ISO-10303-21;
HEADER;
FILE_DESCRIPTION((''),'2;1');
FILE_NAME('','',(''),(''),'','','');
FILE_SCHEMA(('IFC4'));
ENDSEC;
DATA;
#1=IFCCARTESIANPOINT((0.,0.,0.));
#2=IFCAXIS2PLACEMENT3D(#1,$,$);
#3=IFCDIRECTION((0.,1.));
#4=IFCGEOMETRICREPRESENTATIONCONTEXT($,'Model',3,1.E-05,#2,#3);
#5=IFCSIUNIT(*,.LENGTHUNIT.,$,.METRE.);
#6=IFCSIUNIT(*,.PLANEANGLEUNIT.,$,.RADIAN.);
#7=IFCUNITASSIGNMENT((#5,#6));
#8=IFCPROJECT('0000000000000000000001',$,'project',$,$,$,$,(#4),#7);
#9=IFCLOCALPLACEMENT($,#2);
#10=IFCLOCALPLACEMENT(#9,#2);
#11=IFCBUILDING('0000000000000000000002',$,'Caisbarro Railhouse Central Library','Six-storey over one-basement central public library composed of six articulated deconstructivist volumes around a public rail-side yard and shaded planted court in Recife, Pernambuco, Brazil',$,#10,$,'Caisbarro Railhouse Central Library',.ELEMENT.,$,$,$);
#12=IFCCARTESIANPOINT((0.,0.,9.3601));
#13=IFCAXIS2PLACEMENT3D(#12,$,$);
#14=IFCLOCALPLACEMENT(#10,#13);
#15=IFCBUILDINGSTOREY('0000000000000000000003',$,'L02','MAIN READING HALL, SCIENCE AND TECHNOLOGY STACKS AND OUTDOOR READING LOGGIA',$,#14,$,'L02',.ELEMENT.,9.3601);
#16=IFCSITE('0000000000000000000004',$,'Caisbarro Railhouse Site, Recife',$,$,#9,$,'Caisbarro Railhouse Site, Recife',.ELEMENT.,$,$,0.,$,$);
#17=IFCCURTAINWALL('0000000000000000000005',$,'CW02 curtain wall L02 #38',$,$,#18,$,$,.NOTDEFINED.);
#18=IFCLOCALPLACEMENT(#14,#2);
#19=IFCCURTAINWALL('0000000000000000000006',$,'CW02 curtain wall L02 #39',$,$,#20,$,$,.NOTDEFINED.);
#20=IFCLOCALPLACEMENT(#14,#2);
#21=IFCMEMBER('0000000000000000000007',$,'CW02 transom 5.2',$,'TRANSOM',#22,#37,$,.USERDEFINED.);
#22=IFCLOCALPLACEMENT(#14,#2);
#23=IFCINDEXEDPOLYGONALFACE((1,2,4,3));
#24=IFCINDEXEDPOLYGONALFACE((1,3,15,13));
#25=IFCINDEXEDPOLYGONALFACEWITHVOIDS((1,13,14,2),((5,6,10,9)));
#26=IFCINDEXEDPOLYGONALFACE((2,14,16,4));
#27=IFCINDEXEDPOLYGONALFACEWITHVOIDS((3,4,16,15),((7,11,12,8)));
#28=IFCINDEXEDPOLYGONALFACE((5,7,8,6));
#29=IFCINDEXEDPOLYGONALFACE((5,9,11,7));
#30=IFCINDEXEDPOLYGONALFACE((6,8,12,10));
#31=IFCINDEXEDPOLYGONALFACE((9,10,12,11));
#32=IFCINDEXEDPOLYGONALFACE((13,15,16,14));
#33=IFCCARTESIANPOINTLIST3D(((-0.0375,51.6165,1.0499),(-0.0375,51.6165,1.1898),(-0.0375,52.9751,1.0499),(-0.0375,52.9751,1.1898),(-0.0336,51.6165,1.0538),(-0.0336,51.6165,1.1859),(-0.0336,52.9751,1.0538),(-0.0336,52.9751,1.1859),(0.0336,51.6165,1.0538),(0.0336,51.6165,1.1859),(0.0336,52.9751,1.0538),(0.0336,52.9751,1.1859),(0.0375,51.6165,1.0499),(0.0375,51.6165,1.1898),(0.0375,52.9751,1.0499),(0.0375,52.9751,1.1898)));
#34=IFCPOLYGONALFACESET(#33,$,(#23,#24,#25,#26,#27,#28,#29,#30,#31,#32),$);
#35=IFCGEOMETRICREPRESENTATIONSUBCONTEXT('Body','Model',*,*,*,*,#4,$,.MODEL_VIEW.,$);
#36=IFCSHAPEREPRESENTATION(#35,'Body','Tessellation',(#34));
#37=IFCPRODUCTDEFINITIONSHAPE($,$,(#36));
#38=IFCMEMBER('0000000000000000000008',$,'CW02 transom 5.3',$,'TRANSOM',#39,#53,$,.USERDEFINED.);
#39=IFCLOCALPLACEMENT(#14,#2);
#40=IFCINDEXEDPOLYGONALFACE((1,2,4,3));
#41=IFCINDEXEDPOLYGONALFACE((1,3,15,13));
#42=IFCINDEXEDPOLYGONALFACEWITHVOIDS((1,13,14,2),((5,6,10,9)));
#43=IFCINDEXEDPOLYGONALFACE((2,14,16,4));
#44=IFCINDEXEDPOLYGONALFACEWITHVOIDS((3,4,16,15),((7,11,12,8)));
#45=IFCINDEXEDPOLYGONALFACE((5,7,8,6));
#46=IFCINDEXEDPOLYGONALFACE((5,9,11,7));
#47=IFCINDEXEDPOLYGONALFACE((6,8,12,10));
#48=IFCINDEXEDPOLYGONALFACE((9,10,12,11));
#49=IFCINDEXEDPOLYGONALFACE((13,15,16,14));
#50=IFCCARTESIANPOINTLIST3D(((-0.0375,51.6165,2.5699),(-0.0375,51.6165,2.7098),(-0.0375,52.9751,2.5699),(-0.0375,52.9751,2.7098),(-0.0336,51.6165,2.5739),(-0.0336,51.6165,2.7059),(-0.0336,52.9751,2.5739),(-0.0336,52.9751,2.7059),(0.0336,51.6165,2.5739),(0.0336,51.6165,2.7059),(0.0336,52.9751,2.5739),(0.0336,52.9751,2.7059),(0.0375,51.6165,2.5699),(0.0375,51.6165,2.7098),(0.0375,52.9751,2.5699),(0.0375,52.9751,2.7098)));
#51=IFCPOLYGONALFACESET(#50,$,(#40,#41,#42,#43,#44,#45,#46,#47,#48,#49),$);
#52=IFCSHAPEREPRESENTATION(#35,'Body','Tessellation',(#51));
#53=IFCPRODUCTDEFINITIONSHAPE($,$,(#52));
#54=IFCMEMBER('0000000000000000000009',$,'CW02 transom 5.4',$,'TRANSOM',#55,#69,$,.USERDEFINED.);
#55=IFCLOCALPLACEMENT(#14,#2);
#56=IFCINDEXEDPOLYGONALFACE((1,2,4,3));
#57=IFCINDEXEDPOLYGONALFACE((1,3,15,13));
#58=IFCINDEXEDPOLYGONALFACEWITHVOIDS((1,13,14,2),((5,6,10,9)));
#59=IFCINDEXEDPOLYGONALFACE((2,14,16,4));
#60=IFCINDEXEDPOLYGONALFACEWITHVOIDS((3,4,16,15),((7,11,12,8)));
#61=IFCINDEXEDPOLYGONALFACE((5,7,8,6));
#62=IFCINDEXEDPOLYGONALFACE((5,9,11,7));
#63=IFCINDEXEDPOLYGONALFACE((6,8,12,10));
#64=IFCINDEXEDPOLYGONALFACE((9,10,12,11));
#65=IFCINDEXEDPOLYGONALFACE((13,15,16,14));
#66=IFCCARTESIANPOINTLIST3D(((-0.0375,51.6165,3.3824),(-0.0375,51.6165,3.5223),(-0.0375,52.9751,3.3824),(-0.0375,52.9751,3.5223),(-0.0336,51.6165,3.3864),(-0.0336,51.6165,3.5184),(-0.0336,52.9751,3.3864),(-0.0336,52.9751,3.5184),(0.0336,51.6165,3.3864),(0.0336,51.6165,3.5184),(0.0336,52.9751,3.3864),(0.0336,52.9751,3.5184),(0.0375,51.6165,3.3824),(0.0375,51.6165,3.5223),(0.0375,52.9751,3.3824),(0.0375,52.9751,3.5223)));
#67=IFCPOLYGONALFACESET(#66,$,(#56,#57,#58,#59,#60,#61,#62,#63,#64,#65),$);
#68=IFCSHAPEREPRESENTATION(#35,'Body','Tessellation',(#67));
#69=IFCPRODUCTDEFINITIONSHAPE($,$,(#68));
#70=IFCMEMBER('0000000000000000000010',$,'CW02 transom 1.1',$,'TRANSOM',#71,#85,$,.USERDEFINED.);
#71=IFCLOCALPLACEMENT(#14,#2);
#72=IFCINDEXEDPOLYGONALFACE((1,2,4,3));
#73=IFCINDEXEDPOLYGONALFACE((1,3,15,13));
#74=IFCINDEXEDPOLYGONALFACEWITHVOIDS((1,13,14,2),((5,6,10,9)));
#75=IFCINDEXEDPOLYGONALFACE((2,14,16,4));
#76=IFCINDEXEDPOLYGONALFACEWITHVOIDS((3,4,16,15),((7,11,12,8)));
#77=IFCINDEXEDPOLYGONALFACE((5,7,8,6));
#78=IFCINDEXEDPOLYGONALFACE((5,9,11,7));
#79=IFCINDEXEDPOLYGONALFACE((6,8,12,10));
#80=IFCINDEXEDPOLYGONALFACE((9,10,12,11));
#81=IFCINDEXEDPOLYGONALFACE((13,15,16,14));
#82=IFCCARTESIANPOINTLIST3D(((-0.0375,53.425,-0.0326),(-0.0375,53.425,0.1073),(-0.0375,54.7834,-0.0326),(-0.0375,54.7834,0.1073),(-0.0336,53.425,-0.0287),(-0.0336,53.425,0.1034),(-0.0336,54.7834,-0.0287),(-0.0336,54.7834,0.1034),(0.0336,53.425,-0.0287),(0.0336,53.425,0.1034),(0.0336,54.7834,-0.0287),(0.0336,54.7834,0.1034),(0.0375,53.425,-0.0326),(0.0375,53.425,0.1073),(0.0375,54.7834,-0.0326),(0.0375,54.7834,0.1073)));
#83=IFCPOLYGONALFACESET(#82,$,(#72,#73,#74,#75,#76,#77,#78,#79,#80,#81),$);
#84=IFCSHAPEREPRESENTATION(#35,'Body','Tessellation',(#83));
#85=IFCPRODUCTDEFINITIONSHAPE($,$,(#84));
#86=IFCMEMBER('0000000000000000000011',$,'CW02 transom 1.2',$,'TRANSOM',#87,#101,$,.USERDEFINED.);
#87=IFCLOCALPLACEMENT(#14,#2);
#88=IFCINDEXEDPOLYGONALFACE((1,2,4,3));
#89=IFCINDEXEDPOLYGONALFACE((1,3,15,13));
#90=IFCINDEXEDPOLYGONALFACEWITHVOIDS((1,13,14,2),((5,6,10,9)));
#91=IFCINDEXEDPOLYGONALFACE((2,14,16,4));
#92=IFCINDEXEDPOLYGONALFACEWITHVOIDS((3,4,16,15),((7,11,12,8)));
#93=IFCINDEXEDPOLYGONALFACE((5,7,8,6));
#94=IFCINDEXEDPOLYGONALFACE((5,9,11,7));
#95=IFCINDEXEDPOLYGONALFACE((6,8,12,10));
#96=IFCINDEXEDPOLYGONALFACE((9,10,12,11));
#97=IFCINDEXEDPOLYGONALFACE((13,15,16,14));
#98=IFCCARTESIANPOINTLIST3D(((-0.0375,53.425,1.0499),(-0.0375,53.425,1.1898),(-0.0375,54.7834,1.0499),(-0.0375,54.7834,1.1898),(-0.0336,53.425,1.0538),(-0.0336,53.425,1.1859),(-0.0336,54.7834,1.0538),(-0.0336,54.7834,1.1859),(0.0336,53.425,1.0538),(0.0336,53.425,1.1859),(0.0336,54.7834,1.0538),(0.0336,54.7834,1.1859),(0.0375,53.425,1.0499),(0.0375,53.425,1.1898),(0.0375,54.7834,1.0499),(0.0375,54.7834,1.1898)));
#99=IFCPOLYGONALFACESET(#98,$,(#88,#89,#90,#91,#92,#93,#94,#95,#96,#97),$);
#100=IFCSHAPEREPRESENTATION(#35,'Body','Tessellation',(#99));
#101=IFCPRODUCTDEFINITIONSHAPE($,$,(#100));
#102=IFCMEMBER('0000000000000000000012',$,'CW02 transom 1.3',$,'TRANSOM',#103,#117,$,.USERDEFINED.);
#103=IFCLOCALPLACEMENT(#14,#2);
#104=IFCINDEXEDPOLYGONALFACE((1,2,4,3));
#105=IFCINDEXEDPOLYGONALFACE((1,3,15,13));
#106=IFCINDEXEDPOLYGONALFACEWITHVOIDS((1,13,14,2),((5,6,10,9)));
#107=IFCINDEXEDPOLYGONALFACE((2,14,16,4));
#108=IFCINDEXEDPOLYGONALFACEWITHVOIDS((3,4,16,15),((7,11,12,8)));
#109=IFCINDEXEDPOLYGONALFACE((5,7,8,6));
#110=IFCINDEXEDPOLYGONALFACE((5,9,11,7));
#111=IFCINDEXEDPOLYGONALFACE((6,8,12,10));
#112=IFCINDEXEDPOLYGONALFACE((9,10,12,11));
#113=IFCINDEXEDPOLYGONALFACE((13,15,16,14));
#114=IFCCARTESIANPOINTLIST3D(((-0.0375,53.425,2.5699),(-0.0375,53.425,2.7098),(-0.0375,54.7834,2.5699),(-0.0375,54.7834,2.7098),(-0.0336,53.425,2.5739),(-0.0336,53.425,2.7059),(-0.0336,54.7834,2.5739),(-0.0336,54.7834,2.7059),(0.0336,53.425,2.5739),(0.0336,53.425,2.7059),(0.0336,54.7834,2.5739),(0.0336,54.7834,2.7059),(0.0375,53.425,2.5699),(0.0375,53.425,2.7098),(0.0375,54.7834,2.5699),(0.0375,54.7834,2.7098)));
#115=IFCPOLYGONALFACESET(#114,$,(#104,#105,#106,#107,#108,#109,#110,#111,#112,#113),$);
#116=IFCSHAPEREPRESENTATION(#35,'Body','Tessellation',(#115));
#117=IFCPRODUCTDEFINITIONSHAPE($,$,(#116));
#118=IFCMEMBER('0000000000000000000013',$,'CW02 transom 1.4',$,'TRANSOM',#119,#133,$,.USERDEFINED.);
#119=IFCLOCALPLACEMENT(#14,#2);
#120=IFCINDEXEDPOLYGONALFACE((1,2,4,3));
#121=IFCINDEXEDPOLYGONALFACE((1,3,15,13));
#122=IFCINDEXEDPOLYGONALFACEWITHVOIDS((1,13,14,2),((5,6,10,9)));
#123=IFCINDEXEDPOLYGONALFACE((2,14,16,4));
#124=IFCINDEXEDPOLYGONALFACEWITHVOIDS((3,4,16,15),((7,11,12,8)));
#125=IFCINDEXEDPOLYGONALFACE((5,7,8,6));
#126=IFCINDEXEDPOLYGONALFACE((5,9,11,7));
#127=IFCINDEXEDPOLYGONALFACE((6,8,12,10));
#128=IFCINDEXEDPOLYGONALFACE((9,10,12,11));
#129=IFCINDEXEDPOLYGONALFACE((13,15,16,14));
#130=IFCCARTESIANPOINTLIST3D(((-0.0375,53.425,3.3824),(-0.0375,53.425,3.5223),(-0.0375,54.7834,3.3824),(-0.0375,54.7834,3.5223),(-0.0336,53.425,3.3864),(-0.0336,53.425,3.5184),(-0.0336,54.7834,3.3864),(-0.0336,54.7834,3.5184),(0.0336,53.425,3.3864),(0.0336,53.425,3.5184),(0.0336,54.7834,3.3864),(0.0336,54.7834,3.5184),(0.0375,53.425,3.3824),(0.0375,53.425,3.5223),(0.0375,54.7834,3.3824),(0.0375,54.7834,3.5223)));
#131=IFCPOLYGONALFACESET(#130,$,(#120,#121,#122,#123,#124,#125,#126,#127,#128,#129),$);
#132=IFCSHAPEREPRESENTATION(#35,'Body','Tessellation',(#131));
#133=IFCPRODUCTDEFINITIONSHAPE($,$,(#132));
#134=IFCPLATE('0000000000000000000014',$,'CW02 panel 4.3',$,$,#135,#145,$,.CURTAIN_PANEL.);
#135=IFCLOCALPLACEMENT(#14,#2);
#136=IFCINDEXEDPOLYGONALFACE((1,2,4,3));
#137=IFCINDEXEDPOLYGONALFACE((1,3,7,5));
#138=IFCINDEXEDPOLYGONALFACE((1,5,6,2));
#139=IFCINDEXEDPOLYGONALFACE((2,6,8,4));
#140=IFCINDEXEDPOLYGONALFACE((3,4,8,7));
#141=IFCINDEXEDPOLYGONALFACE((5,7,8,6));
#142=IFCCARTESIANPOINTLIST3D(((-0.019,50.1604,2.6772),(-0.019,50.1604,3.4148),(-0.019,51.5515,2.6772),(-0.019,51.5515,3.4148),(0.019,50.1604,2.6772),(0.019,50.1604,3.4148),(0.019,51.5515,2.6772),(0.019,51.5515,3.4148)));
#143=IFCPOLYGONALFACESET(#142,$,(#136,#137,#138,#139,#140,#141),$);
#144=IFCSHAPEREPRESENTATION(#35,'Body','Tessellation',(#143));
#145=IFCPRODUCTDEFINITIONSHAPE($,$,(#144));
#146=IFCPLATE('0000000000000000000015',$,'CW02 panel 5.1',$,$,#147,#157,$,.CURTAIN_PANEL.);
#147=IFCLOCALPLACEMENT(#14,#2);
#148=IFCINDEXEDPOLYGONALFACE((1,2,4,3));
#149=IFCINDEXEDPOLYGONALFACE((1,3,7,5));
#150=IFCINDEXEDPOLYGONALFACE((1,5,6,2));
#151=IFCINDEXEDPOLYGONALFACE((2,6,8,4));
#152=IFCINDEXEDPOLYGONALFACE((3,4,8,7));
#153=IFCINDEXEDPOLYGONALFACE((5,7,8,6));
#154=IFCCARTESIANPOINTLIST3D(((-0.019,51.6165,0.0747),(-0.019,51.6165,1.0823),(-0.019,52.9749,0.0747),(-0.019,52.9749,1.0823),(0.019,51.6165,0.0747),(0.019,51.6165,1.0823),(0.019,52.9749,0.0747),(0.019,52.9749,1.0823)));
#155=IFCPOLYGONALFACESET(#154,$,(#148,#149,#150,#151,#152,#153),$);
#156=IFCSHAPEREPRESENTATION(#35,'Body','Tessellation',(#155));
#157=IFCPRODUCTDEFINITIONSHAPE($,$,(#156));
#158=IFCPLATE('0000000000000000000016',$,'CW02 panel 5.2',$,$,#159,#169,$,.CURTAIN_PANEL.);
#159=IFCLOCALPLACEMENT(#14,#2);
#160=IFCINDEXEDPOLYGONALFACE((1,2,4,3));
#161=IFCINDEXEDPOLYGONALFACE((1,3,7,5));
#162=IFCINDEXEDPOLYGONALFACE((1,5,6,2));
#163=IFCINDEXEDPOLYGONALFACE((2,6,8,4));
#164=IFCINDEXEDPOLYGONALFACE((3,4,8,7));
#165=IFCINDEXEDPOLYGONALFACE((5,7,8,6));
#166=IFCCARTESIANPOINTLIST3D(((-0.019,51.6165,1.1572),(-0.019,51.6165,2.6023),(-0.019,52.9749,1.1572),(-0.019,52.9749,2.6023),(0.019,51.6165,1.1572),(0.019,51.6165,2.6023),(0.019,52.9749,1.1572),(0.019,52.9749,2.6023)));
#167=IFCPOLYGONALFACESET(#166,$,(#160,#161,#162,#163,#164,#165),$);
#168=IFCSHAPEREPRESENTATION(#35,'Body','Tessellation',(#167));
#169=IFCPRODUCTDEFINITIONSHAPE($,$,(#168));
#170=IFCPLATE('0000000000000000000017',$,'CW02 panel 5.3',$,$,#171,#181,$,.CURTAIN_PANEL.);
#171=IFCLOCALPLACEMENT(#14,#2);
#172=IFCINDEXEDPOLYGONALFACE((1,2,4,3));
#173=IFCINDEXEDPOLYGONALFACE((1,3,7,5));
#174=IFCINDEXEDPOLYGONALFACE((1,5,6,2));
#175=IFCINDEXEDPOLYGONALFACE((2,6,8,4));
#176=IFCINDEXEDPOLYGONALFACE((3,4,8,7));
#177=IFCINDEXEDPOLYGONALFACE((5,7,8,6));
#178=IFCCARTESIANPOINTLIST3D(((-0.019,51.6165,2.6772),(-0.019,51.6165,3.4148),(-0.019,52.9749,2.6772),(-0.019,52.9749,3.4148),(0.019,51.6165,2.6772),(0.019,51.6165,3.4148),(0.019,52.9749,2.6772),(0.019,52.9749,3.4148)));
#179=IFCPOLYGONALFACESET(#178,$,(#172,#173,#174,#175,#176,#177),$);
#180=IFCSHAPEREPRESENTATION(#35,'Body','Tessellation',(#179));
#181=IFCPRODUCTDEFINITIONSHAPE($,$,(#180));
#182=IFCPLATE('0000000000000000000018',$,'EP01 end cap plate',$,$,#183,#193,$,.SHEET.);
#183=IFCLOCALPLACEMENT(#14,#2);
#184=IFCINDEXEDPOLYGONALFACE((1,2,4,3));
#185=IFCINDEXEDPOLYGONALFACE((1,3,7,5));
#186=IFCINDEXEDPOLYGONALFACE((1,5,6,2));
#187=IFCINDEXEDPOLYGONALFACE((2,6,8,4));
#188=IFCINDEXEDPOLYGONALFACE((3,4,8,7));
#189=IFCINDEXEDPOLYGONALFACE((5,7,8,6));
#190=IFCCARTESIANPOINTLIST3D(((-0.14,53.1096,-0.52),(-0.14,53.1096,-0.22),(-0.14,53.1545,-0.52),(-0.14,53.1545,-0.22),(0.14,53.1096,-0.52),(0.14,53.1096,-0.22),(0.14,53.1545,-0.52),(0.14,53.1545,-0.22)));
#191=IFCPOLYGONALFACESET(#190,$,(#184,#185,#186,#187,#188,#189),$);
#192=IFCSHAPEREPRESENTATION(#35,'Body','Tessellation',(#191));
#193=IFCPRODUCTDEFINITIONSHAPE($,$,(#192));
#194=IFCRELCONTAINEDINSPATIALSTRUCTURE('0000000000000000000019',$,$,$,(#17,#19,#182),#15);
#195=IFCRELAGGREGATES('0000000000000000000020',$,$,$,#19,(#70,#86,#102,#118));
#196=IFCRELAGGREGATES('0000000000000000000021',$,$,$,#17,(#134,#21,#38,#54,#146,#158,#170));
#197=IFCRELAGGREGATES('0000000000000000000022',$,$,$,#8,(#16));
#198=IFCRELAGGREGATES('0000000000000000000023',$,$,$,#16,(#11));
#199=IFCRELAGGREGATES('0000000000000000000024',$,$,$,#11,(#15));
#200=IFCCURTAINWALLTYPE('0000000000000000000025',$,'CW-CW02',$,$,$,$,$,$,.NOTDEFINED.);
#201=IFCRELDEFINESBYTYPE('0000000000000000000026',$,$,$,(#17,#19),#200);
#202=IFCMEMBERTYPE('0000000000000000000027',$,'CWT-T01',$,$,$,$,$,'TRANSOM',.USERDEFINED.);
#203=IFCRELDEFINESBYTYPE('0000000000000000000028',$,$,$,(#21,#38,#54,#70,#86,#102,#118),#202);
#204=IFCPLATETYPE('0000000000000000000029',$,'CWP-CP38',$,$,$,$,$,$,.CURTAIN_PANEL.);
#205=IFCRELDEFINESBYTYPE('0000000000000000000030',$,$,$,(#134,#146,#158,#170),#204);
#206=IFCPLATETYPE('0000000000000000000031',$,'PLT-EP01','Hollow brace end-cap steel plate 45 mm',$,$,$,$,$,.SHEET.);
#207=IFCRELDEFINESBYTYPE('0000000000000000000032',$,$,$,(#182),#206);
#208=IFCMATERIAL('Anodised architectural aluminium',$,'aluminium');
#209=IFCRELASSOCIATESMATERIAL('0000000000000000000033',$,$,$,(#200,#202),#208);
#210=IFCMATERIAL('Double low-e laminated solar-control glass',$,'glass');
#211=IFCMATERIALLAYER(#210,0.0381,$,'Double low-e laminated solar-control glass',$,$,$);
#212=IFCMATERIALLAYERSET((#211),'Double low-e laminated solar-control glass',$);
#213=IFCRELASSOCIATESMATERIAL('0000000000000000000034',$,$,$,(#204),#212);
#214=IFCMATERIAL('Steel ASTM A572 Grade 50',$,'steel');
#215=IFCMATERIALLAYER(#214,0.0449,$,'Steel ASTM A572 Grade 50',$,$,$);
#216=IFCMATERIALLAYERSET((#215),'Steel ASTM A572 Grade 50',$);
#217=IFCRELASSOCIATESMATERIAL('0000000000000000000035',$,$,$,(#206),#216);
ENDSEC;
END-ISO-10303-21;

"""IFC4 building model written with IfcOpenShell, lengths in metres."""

from ifc_helpers import new_model, si_unit, direction, frame, origin, origin_2d, place, context, subcontext, project, spatial, rectangle, hollow_rectangle, extrude, material, layer, layer_set, material_profile, profile_set, type_object, element, aggregate, save


model = new_model("IFC4")

# Units and contexts
model_context = context("Model", 3, precision=1e-05, world=origin(), true_north=direction((0.0, 1.0)))
body_context = subcontext(model_context, "Body", "Model", "MODEL_VIEW")
ifc_project = project(units=[si_unit("LENGTHUNIT", "METRE"), si_unit("PLANEANGLEUNIT", "RADIAN")], contexts=[model_context])

# Site, building, storey
site_placement = place(None, origin())
site = spatial("IfcSite", under=ifc_project, at=site_placement, Name="Caisbarro Railhouse Site, Recife", LongName="Caisbarro Railhouse Site, Recife", CompositionType="ELEMENT", RefElevation=0.0)
building_placement = place(site_placement, origin())
building = spatial("IfcBuilding", under=site, at=building_placement, Name="Caisbarro Railhouse Central Library", Description="Six-storey over one-basement central public library composed of six articulated deconstructivist volumes around a public rail-side yard and shaded planted court in Recife, Pernambuco, Brazil", LongName="Caisbarro Railhouse Central Library", CompositionType="ELEMENT")
storey_placement = place(building_placement, frame((0.0, 0.0, 9.3601)))
storey = spatial("IfcBuildingStorey", under=building, at=storey_placement, Name="L02", Description="MAIN READING HALL, SCIENCE AND TECHNOLOGY STACKS AND OUTDOOR READING LOGGIA", LongName="L02", CompositionType="ELEMENT", Elevation=9.3601)

# Shared definitions
ifc_material_1 = material(Name="Steel ASTM A572 Grade 50", Category="steel")

# Curtain wall
ifc_material_2 = material(Name="Anodised architectural aluminium", Category="aluminium")
curtain_wall_type = type_object("IfcCurtainWallType", Name="CW-CW02", PredefinedType="NOTDEFINED", material=ifc_material_2)
curtain_wall_1_placement = place(storey_placement, origin())
curtain_wall_1 = element("IfcCurtainWall", 1, at=curtain_wall_1_placement, inside=storey, type_object=curtain_wall_type, Name="CW02 curtain wall L02 #38", PredefinedType="NOTDEFINED")

# Curtain wall
curtain_wall_2_placement = place(storey_placement, origin())
curtain_wall_2 = element("IfcCurtainWall", 2, at=curtain_wall_2_placement, inside=storey, type_object=curtain_wall_type, Name="CW02 curtain wall L02 #39", PredefinedType="NOTDEFINED")

# Members
ifc_material_profile_1 = material_profile(ifc_material_2, hollow_rectangle(XDim=0.075, YDim=0.1399, WallThickness=0.0039, at=origin_2d()), Name="ALU-TRN-75X140")
ifc_profile_set_1 = profile_set([ifc_material_profile_1], Name="Anodised architectural aluminium")
member_type_1 = type_object("IfcMemberType", Name="CWT-T01", ElementType="TRANSOM", PredefinedType="USERDEFINED", material=ifc_profile_set_1)
member_1_placement = place(storey_placement, frame((0.0, 51.6165, 1.1199), z_axis=(0.0, 1.0, 0.0), x_axis=(-1.0, 0.0, 0.0)))
member_1 = element("IfcMember", 3, at=member_1_placement, type_object=member_type_1, Name="CW02 transom 5.2", ObjectType="TRANSOM", PredefinedType="USERDEFINED", context=body_context, shape_type="SweptSolid", body=[
    extrude(hollow_rectangle(XDim=0.075, YDim=0.1399, WallThickness=0.0039, at=origin_2d()), origin(), (0.0, 0.0, 1.0), 1.3586),
])
member_2_placement = place(storey_placement, frame((0.0, 51.6165, 2.6399), z_axis=(0.0, 1.0, 0.0), x_axis=(-1.0, 0.0, 0.0)))
member_2 = element("IfcMember", 4, at=member_2_placement, type_object=member_type_1, Name="CW02 transom 5.3", ObjectType="TRANSOM", PredefinedType="USERDEFINED", context=body_context, shape_type="SweptSolid", body=[
    extrude(hollow_rectangle(XDim=0.075, YDim=0.1399, WallThickness=0.0039, at=origin_2d()), origin(), (0.0, 0.0, 1.0), 1.3586),
])
member_3_placement = place(storey_placement, frame((0.0, 51.6165, 3.4524), z_axis=(0.0, 1.0, 0.0), x_axis=(-1.0, 0.0, 0.0)))
member_3 = element("IfcMember", 5, at=member_3_placement, type_object=member_type_1, Name="CW02 transom 5.4", ObjectType="TRANSOM", PredefinedType="USERDEFINED", context=body_context, shape_type="SweptSolid", body=[
    extrude(hollow_rectangle(XDim=0.075, YDim=0.1399, WallThickness=0.0039, at=origin_2d()), origin(), (0.0, 0.0, 1.0), 1.3586),
])
member_4_placement = place(storey_placement, frame((0.0, 53.425, 0.0374), z_axis=(0.0, 1.0, 0.0), x_axis=(-1.0, 0.0, 0.0)))
member_4 = element("IfcMember", 6, at=member_4_placement, type_object=member_type_1, Name="CW02 transom 1.1", ObjectType="TRANSOM", PredefinedType="USERDEFINED", context=body_context, shape_type="SweptSolid", body=[
    extrude(hollow_rectangle(XDim=0.075, YDim=0.1399, WallThickness=0.0039, at=origin_2d()), origin(), (0.0, 0.0, 1.0), 1.3584),
])
member_5_placement = place(storey_placement, frame((0.0, 53.425, 1.1199), z_axis=(0.0, 1.0, 0.0), x_axis=(-1.0, 0.0, 0.0)))
member_5 = element("IfcMember", 7, at=member_5_placement, type_object=member_type_1, Name="CW02 transom 1.2", ObjectType="TRANSOM", PredefinedType="USERDEFINED", context=body_context, shape_type="SweptSolid", body=[
    extrude(hollow_rectangle(XDim=0.075, YDim=0.1399, WallThickness=0.0039, at=origin_2d()), origin(), (0.0, 0.0, 1.0), 1.3584),
])
member_6_placement = place(storey_placement, frame((0.0, 53.425, 2.6399), z_axis=(0.0, 1.0, 0.0), x_axis=(-1.0, 0.0, 0.0)))
member_6 = element("IfcMember", 8, at=member_6_placement, type_object=member_type_1, Name="CW02 transom 1.3", ObjectType="TRANSOM", PredefinedType="USERDEFINED", context=body_context, shape_type="SweptSolid", body=[
    extrude(hollow_rectangle(XDim=0.075, YDim=0.1399, WallThickness=0.0039, at=origin_2d()), origin(), (0.0, 0.0, 1.0), 1.3584),
])
member_7_placement = place(storey_placement, frame((0.0, 53.425, 3.4524), z_axis=(0.0, 1.0, 0.0), x_axis=(-1.0, 0.0, 0.0)))
member_7 = element("IfcMember", 9, at=member_7_placement, type_object=member_type_1, Name="CW02 transom 1.4", ObjectType="TRANSOM", PredefinedType="USERDEFINED", context=body_context, shape_type="SweptSolid", body=[
    extrude(hollow_rectangle(XDim=0.075, YDim=0.1399, WallThickness=0.0039, at=origin_2d()), origin(), (0.0, 0.0, 1.0), 1.3584),
])
aggregate(curtain_wall_2, [member_4, member_5, member_6, member_7])

# Plates
ifc_material_3 = material(Name="Double low-e laminated solar-control glass", Category="glass")
ifc_layer_1 = layer(ifc_material_3, 0.0381, Name="Double low-e laminated solar-control glass")
ifc_layer_set_1 = layer_set([ifc_layer_1], Name="Double low-e laminated solar-control glass")
plate_type_1 = type_object("IfcPlateType", Name="CWP-CP38", PredefinedType="CURTAIN_PANEL", material=ifc_layer_set_1)
plate_1_placement = place(storey_placement, frame((0.0, 50.856, 2.6772), z_axis=(0.0, 0.0, 1.0), x_axis=(0.0, 1.0, 0.0)))
plate_1 = element("IfcPlate", 10, at=plate_1_placement, type_object=plate_type_1, Name="CW02 panel 4.3", PredefinedType="CURTAIN_PANEL", context=body_context, shape_type="SweptSolid", body=[
    extrude(rectangle(XDim=1.3911, YDim=0.0381, at=origin_2d()), origin(), (0.0, 0.0, 1.0), 0.7375),
])
plate_2_placement = place(storey_placement, frame((0.0, 52.2957, 0.0747), z_axis=(0.0, 0.0, 1.0), x_axis=(0.0, 1.0, 0.0)))
plate_2 = element("IfcPlate", 11, at=plate_2_placement, type_object=plate_type_1, Name="CW02 panel 5.1", PredefinedType="CURTAIN_PANEL", context=body_context, shape_type="SweptSolid", body=[
    extrude(rectangle(XDim=1.3584, YDim=0.0381, at=origin_2d()), origin(), (0.0, 0.0, 1.0), 1.0076),
])
plate_3_placement = place(storey_placement, frame((0.0, 52.2957, 1.1572), z_axis=(0.0, 0.0, 1.0), x_axis=(0.0, 1.0, 0.0)))
plate_3 = element("IfcPlate", 12, at=plate_3_placement, type_object=plate_type_1, Name="CW02 panel 5.2", PredefinedType="CURTAIN_PANEL", context=body_context, shape_type="SweptSolid", body=[
    extrude(rectangle(XDim=1.3584, YDim=0.0381, at=origin_2d()), origin(), (0.0, 0.0, 1.0), 1.4451),
])
plate_4_placement = place(storey_placement, frame((0.0, 52.2957, 2.6772), z_axis=(0.0, 0.0, 1.0), x_axis=(0.0, 1.0, 0.0)))
plate_4 = element("IfcPlate", 13, at=plate_4_placement, type_object=plate_type_1, Name="CW02 panel 5.3", PredefinedType="CURTAIN_PANEL", context=body_context, shape_type="SweptSolid", body=[
    extrude(rectangle(XDim=1.3584, YDim=0.0381, at=origin_2d()), origin(), (0.0, 0.0, 1.0), 0.7375),
])
aggregate(curtain_wall_1, [plate_1, member_1, member_2, member_3, plate_2, plate_3, plate_4])

# Plate
ifc_layer_2 = layer(ifc_material_1, 0.0449, Name="Steel ASTM A572 Grade 50")
ifc_layer_set_2 = layer_set([ifc_layer_2], Name="Steel ASTM A572 Grade 50")
plate_type_2 = type_object("IfcPlateType", Name="PLT-EP01", Description="Hollow brace end-cap steel plate 45 mm", PredefinedType="SHEET", material=ifc_layer_set_2)
for number, where, z_axis, x_axis, name in (
    (14, (0.0, 53.1321, -0.52), (0.0, 0.0, 1.0), (0.0, 1.0, 0.0), "EP01 end cap plate"),
):
    element("IfcPlate", number, at=place(storey_placement, frame(where, z_axis=z_axis, x_axis=x_axis)), inside=storey, type_object=plate_type_2, Name=name, PredefinedType="SHEET", context=body_context, shape_type="SweptSolid", body=[
        extrude(rectangle(XDim=0.0449, YDim=0.28, at=origin_2d()), origin(), (0.0, 0.0, 1.0), 0.3),
    ])

save(model, "model.ifc")
